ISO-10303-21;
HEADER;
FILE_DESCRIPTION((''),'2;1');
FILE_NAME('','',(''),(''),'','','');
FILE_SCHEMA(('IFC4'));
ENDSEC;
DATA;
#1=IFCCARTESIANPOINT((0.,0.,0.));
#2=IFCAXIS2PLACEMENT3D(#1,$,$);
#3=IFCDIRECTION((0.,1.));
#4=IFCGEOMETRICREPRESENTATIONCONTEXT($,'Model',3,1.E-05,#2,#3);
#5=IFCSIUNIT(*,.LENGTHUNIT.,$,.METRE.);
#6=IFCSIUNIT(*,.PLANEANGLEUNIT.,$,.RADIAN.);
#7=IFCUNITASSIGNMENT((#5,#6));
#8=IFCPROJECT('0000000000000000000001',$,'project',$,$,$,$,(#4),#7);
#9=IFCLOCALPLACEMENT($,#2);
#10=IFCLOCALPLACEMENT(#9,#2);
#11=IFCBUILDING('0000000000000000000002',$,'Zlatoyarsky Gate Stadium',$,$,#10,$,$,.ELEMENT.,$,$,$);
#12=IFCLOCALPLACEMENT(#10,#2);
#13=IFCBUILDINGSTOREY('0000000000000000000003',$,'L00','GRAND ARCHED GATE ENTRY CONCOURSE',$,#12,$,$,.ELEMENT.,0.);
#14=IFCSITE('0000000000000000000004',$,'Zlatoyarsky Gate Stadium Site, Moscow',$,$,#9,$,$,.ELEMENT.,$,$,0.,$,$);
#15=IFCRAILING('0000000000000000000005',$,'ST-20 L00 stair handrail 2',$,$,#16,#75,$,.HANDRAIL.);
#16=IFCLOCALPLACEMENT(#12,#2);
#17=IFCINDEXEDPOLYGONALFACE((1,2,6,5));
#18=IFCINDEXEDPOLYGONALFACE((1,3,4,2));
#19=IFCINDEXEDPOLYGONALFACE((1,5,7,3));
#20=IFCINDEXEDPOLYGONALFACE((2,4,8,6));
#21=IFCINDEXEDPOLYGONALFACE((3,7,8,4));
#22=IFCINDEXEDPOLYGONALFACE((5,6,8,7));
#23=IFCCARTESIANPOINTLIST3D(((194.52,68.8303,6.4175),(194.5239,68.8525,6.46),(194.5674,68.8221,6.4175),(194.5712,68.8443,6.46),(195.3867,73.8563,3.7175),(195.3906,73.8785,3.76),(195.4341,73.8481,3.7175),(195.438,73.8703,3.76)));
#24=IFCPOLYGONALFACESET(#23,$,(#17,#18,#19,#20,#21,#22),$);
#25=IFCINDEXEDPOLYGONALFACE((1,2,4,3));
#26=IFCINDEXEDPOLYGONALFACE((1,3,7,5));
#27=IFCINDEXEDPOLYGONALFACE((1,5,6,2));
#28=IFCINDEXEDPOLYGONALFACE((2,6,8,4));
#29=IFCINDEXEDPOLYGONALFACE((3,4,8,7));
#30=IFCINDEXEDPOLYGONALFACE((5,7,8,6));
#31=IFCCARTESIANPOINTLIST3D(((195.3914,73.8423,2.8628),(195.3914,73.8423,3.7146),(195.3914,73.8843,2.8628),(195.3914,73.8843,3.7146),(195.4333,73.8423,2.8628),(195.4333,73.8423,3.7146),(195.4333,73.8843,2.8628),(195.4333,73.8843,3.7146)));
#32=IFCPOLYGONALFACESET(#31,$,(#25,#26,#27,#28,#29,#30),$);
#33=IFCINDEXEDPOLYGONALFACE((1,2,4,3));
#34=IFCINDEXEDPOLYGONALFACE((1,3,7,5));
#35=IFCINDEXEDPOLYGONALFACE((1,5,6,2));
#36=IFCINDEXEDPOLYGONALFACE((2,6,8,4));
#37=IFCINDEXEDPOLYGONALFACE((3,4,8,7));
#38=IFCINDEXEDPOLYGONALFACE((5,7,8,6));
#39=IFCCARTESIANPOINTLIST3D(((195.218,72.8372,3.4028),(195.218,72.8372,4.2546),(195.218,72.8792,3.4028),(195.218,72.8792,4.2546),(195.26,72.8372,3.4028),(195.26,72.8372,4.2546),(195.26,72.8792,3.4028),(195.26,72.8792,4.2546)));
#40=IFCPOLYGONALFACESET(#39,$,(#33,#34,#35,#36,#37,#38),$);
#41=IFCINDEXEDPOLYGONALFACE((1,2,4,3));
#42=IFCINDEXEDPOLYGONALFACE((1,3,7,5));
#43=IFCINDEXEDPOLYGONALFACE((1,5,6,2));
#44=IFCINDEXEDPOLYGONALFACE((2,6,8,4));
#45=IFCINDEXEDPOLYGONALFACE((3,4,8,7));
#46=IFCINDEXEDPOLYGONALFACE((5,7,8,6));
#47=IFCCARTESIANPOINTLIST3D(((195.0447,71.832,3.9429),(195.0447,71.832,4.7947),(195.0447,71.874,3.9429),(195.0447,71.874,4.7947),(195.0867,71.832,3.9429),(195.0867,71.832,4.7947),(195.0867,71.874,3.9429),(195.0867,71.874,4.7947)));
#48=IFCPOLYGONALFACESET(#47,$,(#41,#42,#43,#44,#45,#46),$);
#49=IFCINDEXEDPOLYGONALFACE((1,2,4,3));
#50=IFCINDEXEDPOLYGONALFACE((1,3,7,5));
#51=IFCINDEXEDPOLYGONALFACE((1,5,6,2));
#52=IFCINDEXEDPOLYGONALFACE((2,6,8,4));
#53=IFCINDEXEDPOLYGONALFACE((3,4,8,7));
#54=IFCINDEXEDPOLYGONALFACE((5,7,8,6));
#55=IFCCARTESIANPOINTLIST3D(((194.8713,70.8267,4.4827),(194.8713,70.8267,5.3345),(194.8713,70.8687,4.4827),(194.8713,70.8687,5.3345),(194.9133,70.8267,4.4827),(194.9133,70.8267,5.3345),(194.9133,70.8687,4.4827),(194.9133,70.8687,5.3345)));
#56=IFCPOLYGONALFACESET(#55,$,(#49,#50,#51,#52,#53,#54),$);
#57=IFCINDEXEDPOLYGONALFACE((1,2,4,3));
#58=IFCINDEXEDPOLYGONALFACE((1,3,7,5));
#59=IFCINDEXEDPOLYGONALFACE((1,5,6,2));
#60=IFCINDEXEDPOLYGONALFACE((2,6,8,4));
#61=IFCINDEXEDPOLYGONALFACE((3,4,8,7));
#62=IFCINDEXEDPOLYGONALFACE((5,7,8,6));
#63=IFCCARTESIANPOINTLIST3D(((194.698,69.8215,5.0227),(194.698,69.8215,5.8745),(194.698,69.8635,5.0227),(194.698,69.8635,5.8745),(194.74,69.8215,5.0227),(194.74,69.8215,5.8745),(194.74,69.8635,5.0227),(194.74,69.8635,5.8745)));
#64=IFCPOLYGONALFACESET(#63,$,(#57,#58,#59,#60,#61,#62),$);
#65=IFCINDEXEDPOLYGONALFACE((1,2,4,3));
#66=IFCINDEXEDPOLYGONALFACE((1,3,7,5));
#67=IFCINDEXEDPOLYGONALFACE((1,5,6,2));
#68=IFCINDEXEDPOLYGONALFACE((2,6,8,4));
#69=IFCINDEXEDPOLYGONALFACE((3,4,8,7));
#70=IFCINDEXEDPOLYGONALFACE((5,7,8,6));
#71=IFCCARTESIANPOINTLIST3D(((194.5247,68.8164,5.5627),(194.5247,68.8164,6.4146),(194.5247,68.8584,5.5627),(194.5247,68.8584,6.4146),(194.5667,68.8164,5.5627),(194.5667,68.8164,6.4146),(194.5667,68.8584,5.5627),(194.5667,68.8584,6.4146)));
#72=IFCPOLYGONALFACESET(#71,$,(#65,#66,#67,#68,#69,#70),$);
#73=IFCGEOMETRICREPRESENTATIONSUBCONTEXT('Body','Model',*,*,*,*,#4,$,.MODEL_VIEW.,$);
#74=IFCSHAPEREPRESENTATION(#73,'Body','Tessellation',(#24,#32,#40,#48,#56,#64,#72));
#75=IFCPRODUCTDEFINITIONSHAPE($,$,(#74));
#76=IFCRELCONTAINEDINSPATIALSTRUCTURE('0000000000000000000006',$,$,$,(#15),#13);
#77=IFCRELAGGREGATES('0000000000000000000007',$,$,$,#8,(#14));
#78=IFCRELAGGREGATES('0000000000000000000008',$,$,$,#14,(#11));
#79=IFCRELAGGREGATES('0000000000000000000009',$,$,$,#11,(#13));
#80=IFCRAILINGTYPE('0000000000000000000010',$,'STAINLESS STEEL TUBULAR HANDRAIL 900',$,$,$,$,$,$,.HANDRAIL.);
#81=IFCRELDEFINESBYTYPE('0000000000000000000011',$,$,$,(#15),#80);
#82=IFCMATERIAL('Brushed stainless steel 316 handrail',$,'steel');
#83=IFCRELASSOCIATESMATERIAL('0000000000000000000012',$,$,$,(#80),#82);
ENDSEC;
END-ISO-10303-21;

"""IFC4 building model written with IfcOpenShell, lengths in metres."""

from ifc_helpers import new_model, si_unit, direction, frame, origin, origin_2d, place, context, subcontext, project, spatial, rectangle, extrude, material, type_object, element, save


model = new_model("IFC4")

# Units and contexts
model_context = context("Model", 3, precision=1e-05, world=origin(), true_north=direction((0.0, 1.0)))
body_context = subcontext(model_context, "Body", "Model", "MODEL_VIEW")
ifc_project = project(units=[si_unit("LENGTHUNIT", "METRE"), si_unit("PLANEANGLEUNIT", "RADIAN")], contexts=[model_context])

# Site, building, storey
site_placement = place(None, origin())
site = spatial("IfcSite", under=ifc_project, at=site_placement, Name="Zlatoyarsky Gate Stadium Site, Moscow", CompositionType="ELEMENT", RefElevation=0.0)
building_placement = place(site_placement, origin())
building = spatial("IfcBuilding", under=site, at=building_placement, Name="Zlatoyarsky Gate Stadium", CompositionType="ELEMENT")
storey_placement = place(building_placement, origin())
storey = spatial("IfcBuildingStorey", under=building, at=storey_placement, Name="L00", Description="GRAND ARCHED GATE ENTRY CONCOURSE", CompositionType="ELEMENT", Elevation=0.0)

# Railing
ifc_material_1 = material(Name="Brushed stainless steel 316 handrail", Category="steel")
railing_type_1 = type_object("IfcRailingType", Name="STAINLESS STEEL TUBULAR HANDRAIL 900", PredefinedType="HANDRAIL", material=ifc_material_1)
railing_1_placement = place(storey_placement, frame((195.4124, 73.8633, 2.8628)))
element("IfcRailing", 1, at=railing_1_placement, inside=storey, type_object=railing_type_1, Name="ST-20 L00 stair handrail 2", PredefinedType="HANDRAIL", context=body_context, shape_type="SweptSolid", body=[
    extrude(rectangle(XDim=0.0481, YDim=0.0481, at=origin_2d()), frame((0.0, 0.0, 0.876), z_axis=(-0.150191, -0.870939, 0.467877), x_axis=(0.985455, -0.169939, 0.0)), (0.0, 0.0, 1.0), 5.7708),
    extrude(rectangle(XDim=0.042, YDim=0.042, at=origin_2d()), origin(), (0.0, 0.0, 1.0), 0.8518),
    extrude(rectangle(XDim=0.042, YDim=0.042, at=origin_2d()), frame((-0.1733, -1.0051, 0.54)), (0.0, 0.0, 1.0), 0.8518),
    extrude(rectangle(XDim=0.042, YDim=0.042, at=origin_2d()), frame((-0.3467, -2.0103, 1.0801)), (0.0, 0.0, 1.0), 0.8518),
    extrude(rectangle(XDim=0.042, YDim=0.042, at=origin_2d()), frame((-0.52, -3.0156, 1.6199)), (0.0, 0.0, 1.0), 0.8518),
    extrude(rectangle(XDim=0.042, YDim=0.042, at=origin_2d()), frame((-0.6934, -4.0208, 2.1599)), (0.0, 0.0, 1.0), 0.8518),
    extrude(rectangle(XDim=0.042, YDim=0.042, at=origin_2d()), frame((-0.8667, -5.0259, 2.7)), (0.0, 0.0, 1.0), 0.8518),
])

save(model, "model.ifc")
